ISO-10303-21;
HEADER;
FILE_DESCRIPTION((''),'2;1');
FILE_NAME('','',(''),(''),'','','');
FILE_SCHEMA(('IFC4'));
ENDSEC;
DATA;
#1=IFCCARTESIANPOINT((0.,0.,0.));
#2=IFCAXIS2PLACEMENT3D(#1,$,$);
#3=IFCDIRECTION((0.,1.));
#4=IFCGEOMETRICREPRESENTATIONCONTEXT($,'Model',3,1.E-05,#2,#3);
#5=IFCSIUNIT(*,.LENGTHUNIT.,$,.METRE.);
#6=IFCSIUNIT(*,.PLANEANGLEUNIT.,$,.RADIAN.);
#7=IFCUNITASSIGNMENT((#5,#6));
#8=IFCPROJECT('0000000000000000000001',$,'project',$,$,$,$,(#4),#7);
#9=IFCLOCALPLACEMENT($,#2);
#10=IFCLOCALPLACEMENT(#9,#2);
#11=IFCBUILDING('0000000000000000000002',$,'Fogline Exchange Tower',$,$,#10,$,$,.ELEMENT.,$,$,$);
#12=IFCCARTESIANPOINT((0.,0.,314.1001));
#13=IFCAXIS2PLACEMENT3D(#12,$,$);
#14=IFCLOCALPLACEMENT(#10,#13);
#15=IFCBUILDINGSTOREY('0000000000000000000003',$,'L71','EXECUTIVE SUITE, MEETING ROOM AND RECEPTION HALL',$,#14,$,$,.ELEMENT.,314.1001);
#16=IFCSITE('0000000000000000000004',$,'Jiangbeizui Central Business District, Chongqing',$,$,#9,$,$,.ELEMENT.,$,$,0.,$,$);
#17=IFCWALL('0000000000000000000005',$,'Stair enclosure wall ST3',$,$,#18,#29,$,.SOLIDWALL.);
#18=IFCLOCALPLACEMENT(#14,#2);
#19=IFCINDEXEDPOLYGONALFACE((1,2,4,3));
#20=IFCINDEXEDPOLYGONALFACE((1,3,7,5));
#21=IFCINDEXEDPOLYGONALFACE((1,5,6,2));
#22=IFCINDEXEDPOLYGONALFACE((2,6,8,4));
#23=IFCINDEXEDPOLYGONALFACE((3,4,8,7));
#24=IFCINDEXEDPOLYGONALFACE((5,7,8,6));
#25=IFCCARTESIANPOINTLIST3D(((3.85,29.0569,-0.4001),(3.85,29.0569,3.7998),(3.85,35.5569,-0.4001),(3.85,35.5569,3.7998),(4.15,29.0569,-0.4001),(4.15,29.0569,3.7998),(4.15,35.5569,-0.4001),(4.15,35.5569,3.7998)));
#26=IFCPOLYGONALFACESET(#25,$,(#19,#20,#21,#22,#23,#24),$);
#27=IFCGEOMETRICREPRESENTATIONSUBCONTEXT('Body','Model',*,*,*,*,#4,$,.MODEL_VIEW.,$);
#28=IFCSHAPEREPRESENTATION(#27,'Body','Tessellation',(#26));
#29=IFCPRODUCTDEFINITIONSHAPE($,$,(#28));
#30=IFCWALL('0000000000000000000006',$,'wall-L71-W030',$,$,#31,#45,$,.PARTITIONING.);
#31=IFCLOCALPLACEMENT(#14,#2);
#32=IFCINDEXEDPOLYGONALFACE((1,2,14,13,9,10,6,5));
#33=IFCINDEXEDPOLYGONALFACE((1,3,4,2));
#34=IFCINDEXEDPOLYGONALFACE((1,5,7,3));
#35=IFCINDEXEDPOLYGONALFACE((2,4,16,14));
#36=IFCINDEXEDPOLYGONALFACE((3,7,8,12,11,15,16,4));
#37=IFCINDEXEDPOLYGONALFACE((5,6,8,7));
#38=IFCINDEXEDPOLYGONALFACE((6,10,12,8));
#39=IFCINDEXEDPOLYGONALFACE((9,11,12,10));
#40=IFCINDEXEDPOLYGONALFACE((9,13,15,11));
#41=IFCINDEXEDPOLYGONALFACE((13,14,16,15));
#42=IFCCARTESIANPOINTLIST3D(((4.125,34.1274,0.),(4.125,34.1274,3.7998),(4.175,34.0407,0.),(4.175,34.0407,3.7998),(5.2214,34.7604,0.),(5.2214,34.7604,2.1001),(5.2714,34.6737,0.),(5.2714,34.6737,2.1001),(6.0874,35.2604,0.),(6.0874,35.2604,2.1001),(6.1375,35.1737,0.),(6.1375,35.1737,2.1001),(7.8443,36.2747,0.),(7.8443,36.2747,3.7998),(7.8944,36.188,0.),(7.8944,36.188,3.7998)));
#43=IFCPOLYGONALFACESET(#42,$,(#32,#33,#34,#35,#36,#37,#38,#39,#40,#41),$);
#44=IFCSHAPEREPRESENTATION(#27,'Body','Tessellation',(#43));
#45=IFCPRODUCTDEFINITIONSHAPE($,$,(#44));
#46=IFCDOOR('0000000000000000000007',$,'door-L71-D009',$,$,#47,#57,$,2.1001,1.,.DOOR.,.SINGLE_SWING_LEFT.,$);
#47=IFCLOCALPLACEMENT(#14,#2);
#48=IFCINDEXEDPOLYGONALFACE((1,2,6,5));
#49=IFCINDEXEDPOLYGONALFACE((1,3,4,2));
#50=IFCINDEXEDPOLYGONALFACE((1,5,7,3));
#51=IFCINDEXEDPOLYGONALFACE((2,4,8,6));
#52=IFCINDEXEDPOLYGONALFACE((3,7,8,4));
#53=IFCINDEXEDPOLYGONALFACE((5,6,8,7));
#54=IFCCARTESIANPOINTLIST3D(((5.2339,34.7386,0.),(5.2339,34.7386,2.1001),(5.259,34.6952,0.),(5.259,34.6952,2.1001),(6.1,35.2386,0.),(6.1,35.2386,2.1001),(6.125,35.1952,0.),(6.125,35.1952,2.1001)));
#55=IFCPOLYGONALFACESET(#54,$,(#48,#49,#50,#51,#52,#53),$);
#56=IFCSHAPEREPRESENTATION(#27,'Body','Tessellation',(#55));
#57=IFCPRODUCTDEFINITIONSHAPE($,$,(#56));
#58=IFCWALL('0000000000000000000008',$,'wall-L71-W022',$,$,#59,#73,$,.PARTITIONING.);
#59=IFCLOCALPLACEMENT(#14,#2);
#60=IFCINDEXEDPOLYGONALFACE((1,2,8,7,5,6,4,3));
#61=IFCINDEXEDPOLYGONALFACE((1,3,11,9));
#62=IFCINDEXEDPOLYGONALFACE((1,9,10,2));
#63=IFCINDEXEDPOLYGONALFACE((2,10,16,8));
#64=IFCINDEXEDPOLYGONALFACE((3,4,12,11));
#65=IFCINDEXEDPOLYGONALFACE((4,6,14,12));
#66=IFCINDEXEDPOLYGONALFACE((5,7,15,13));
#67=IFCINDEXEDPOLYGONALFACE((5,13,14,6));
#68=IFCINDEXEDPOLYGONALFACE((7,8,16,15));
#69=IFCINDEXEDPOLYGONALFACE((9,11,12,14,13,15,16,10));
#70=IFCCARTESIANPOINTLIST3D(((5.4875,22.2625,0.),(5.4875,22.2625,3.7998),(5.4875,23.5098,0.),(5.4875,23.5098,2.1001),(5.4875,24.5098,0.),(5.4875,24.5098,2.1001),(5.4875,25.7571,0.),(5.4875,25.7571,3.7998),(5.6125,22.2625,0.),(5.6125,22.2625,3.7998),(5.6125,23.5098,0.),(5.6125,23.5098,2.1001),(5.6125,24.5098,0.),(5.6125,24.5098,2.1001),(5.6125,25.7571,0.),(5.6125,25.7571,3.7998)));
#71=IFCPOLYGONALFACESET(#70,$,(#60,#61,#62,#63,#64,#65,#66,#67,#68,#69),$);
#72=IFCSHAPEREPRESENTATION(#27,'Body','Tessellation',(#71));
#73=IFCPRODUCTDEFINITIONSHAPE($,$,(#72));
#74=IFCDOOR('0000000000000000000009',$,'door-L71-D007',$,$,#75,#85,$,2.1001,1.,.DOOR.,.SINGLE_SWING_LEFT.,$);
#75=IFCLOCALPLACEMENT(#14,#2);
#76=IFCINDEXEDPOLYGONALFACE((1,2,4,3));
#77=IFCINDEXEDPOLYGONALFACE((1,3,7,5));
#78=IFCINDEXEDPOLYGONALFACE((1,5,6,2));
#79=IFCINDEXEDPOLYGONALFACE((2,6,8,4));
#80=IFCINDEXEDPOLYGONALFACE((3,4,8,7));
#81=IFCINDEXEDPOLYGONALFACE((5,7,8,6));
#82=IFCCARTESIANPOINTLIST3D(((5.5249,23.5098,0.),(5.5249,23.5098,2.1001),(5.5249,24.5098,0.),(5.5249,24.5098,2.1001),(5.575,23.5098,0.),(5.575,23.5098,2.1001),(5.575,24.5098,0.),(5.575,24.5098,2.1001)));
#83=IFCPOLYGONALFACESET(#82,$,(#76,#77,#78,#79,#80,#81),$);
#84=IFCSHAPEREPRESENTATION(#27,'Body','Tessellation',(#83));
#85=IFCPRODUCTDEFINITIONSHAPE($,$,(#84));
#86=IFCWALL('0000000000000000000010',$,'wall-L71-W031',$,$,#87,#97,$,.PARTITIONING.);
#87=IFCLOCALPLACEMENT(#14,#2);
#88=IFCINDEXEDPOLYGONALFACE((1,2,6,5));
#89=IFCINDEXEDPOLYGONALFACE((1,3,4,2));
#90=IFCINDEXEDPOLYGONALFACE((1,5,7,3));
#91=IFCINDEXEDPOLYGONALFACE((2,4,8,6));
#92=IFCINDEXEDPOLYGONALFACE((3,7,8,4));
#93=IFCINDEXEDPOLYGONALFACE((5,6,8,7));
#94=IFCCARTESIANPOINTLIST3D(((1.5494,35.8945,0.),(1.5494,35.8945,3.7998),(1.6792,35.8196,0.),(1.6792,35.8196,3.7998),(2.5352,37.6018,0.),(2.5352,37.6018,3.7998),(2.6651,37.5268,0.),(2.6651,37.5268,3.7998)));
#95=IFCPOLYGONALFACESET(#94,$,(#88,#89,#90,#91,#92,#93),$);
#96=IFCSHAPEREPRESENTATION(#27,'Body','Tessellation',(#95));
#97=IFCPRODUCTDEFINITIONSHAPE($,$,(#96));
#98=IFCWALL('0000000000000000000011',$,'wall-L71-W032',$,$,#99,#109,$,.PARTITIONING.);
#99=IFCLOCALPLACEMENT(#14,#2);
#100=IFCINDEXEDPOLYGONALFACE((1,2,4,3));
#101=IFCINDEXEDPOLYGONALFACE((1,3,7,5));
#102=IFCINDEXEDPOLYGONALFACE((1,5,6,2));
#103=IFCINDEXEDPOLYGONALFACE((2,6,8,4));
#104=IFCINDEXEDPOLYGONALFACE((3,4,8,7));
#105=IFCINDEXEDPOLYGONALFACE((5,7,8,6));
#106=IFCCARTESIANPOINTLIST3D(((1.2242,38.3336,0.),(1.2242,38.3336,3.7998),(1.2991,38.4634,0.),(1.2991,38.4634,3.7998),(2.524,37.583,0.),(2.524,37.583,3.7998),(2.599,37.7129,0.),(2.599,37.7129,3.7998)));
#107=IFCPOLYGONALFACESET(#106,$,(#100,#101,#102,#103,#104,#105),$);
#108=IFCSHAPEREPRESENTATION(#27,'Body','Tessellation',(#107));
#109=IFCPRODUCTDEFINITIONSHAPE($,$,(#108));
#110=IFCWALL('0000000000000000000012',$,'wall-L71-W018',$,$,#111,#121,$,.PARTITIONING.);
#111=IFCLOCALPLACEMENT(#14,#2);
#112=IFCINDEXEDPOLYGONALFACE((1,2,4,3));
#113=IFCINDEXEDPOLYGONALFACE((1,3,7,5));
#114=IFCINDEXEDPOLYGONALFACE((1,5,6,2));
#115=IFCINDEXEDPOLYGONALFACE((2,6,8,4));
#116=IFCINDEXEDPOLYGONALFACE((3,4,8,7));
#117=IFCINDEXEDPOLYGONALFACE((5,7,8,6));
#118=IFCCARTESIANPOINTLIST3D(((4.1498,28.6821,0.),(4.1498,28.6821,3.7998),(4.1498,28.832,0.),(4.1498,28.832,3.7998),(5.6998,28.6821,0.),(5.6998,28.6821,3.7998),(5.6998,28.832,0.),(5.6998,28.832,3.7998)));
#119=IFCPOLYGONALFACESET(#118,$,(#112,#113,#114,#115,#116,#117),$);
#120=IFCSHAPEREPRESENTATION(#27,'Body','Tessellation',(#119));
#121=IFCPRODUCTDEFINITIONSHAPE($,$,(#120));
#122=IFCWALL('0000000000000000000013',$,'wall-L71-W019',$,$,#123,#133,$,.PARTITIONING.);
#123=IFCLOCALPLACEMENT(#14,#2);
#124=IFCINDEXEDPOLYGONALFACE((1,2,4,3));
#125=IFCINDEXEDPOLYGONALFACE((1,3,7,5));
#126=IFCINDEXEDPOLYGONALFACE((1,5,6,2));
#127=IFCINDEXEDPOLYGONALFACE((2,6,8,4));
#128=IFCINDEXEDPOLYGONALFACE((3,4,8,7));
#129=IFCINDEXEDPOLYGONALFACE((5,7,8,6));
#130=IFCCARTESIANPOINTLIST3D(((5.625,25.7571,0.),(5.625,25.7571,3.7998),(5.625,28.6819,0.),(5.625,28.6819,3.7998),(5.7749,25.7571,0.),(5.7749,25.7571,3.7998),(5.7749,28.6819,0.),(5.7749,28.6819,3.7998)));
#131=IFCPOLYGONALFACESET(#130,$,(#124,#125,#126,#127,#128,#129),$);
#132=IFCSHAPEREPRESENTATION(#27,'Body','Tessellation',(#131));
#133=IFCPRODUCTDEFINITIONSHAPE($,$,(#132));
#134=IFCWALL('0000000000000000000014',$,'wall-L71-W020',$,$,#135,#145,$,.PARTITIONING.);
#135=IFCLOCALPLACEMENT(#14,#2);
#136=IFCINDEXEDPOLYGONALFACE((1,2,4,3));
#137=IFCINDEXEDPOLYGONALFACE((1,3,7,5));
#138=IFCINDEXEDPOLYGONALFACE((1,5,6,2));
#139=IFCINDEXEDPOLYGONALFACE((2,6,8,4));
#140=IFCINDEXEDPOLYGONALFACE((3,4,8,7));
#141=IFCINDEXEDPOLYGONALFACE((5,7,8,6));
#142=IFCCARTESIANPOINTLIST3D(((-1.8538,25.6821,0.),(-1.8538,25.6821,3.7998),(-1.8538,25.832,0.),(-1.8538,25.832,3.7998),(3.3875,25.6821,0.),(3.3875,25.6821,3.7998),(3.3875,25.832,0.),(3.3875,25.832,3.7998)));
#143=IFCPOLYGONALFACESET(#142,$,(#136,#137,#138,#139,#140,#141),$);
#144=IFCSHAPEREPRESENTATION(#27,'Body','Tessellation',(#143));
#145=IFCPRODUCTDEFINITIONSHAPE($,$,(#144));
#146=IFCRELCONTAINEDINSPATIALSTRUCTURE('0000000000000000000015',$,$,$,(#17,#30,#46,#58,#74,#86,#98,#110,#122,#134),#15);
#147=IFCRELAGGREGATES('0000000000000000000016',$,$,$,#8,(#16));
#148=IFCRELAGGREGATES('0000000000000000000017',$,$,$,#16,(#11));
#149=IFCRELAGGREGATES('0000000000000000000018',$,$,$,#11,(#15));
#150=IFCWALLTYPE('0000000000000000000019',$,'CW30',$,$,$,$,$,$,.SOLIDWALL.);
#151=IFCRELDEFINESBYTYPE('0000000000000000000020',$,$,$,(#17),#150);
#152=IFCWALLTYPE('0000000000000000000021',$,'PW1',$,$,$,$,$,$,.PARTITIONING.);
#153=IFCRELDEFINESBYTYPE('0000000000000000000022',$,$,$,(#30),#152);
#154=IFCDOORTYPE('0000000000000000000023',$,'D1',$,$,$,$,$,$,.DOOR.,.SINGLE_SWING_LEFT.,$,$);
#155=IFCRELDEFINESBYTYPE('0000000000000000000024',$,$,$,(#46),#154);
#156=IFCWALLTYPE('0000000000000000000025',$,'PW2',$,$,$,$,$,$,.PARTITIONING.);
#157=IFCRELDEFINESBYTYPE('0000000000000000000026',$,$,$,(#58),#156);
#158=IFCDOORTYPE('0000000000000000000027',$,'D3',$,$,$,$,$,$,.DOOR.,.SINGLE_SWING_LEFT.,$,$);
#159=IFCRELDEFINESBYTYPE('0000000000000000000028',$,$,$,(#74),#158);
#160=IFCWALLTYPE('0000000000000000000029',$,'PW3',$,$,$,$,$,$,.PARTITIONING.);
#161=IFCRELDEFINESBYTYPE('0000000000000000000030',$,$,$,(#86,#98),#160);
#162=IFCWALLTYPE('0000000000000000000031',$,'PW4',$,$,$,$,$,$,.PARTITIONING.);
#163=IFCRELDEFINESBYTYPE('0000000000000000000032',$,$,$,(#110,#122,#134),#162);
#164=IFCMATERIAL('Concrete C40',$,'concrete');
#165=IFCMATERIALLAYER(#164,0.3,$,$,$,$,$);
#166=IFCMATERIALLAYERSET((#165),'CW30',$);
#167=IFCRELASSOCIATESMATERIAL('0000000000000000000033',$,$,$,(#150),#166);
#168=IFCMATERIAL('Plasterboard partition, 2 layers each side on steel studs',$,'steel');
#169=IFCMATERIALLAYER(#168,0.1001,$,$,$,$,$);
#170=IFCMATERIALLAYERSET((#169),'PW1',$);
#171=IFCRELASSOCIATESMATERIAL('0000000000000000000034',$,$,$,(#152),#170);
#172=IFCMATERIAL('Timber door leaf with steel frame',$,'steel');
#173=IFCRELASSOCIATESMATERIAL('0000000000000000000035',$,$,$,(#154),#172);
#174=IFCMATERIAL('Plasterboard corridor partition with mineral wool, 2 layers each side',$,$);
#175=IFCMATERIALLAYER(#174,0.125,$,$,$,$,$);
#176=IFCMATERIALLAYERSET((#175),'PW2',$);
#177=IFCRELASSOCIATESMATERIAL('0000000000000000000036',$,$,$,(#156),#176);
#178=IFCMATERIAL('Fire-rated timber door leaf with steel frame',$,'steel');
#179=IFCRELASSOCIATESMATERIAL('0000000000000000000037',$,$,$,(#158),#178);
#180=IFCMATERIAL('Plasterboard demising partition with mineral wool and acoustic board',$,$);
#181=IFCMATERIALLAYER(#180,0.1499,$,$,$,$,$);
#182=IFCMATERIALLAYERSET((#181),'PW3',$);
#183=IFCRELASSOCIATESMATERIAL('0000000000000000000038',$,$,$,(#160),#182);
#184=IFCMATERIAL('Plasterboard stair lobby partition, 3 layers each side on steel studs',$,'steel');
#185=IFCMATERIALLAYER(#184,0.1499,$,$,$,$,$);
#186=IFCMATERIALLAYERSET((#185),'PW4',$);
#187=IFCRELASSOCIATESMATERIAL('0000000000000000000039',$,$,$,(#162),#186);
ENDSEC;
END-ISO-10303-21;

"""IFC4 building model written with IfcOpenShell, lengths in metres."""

from ifc_helpers import new_model, si_unit, direction, frame, frame_2d, origin, place, context, subcontext, project, spatial, rectangle, extrude, material, layer, layer_set, type_object, element, fill, save


model = new_model("IFC4")

# Units and contexts
model_context = context("Model", 3, precision=1e-05, world=origin(), true_north=direction((0.0, 1.0)))
body_context = subcontext(model_context, "Body", "Model", "MODEL_VIEW")
ifc_project = project(units=[si_unit("LENGTHUNIT", "METRE"), si_unit("PLANEANGLEUNIT", "RADIAN")], contexts=[model_context])

# Site, building, storey
site_placement = place(None, origin())
site = spatial("IfcSite", under=ifc_project, at=site_placement, Name="Jiangbeizui Central Business District, Chongqing", CompositionType="ELEMENT", RefElevation=0.0)
building_placement = place(site_placement, origin())
building = spatial("IfcBuilding", under=site, at=building_placement, Name="Fogline Exchange Tower", CompositionType="ELEMENT")
storey_placement = place(building_placement, frame((0.0, 0.0, 314.1001)))
storey = spatial("IfcBuildingStorey", under=building, at=storey_placement, Name="L71", Description="EXECUTIVE SUITE, MEETING ROOM AND RECEPTION HALL", CompositionType="ELEMENT", Elevation=314.1001)

# Shared definitions
ifc_material_1 = material(Name="Concrete C40", Category="concrete")

# Wall
ifc_layer_1 = layer(ifc_material_1, 0.3)
ifc_layer_set_1 = layer_set([ifc_layer_1], Name="CW30")
wall_type_1 = type_object("IfcWallType", Name="CW30", PredefinedType="SOLIDWALL", material=ifc_layer_set_1)
wall_1_placement = place(storey_placement, frame((4.0, 29.0569, -0.4001), z_axis=(0.0, 0.0, 1.0), x_axis=(0.0, 1.0, 0.0)))
element("IfcWall", 1, at=wall_1_placement, inside=storey, type_object=wall_type_1, Name="Stair enclosure wall ST3", PredefinedType="SOLIDWALL", context=body_context, shape_type="SweptSolid", body=[
    extrude(rectangle(XDim=6.5, YDim=0.3, at=frame_2d((3.25, 0.0))), origin(), (0.0, 0.0, 1.0), 4.2),
])

# Walls, openings, doors
ifc_material_2 = material(Name="Plasterboard partition, 2 layers each side on steel studs", Category="steel")
ifc_layer_2 = layer(ifc_material_2, 0.1001)
ifc_layer_set_2 = layer_set([ifc_layer_2], Name="PW1")
wall_type_2 = type_object("IfcWallType", Name="PW1", PredefinedType="PARTITIONING", material=ifc_layer_set_2)
wall_2_placement = place(storey_placement, frame((4.1499, 34.084, 0.0), z_axis=(0.0, 0.0, 1.0), x_axis=(0.866034, 0.499985, 0.0)))
wall_2 = element("IfcWall", 2, at=wall_2_placement, inside=storey, type_object=wall_type_2, Name="wall-L71-W030", PredefinedType="PARTITIONING", context=body_context, shape_type="SweptSolid", body=[
    extrude(rectangle(XDim=4.2947, YDim=0.1001, at=frame_2d((2.1475, 0.0))), origin(), (0.0, 0.0, 1.0), 3.7998),
])
opening_1_placement = place(wall_2_placement, frame((1.2661, 0.0, 0.0)))
opening_1 = element("IfcOpeningElement", 3, at=opening_1_placement, cuts=wall_2, PredefinedType="OPENING", context=body_context, shape_type="SweptSolid", body=[
    extrude(rectangle(XDim=1.0, YDim=2.1001, at=frame_2d((0.5, 1.05))), frame((0.0, 0.0601, 0.0), z_axis=(0.0, -1.0, 0.0), x_axis=(1.0, 0.0, 0.0)), (0.0, 0.0, 1.0), 0.1201),
])
ifc_material_3 = material(Name="Timber door leaf with steel frame", Category="steel")
door_type_1 = type_object("IfcDoorType", Name="D1", OperationType="SINGLE_SWING_LEFT", PredefinedType="DOOR", material=ifc_material_3)
door_1_placement = place(opening_1_placement, origin())
door_1 = element("IfcDoor", 4, at=door_1_placement, inside=storey, type_object=door_type_1, Name="door-L71-D009", OperationType="SINGLE_SWING_LEFT", OverallHeight=2.1001, OverallWidth=1.0, PredefinedType="DOOR", context=body_context, shape_type="SweptSolid", body=[
    extrude(rectangle(XDim=1.0, YDim=2.1001, at=frame_2d((0.5, 1.05))), frame((0.0, 0.0249, 0.0), z_axis=(0.0, -1.0, 0.0), x_axis=(1.0, 0.0, 0.0)), (0.0, 0.0, 1.0), 0.05),
])
fill(opening_1, door_1)
ifc_material_4 = material(Name="Plasterboard corridor partition with mineral wool, 2 layers each side")
ifc_layer_3 = layer(ifc_material_4, 0.125)
ifc_layer_set_3 = layer_set([ifc_layer_3], Name="PW2")
wall_type_3 = type_object("IfcWallType", Name="PW2", PredefinedType="PARTITIONING", material=ifc_layer_set_3)
wall_3_placement = place(storey_placement, frame((5.55, 25.7571, 0.0), z_axis=(0.0, 0.0, 1.0), x_axis=(0.0, -1.0, 0.0)))
wall_3 = element("IfcWall", 5, at=wall_3_placement, inside=storey, type_object=wall_type_3, Name="wall-L71-W022", PredefinedType="PARTITIONING", context=body_context, shape_type="SweptSolid", body=[
    extrude(rectangle(XDim=3.4946, YDim=0.125, at=frame_2d((1.7473, 0.0))), origin(), (0.0, 0.0, 1.0), 3.7998),
])
opening_2_placement = place(wall_3_placement, frame((1.2473, 0.0, 0.0)))
opening_2 = element("IfcOpeningElement", 6, at=opening_2_placement, cuts=wall_3, PredefinedType="OPENING", context=body_context, shape_type="SweptSolid", body=[
    extrude(rectangle(XDim=1.0, YDim=2.1001, at=frame_2d((0.5, 1.05))), frame((0.0, 0.0725, 0.0), z_axis=(0.0, -1.0, 0.0), x_axis=(1.0, 0.0, 0.0)), (0.0, 0.0, 1.0), 0.145),
])
ifc_material_5 = material(Name="Fire-rated timber door leaf with steel frame", Category="steel")
door_type_2 = type_object("IfcDoorType", Name="D3", OperationType="SINGLE_SWING_LEFT", PredefinedType="DOOR", material=ifc_material_5)
door_2_placement = place(opening_2_placement, origin())
door_2 = element("IfcDoor", 7, at=door_2_placement, inside=storey, type_object=door_type_2, Name="door-L71-D007", OperationType="SINGLE_SWING_LEFT", OverallHeight=2.1001, OverallWidth=1.0, PredefinedType="DOOR", context=body_context, shape_type="SweptSolid", body=[
    extrude(rectangle(XDim=1.0, YDim=2.1001, at=frame_2d((0.5, 1.05))), frame((0.0, 0.0249, 0.0), z_axis=(0.0, -1.0, 0.0), x_axis=(1.0, 0.0, 0.0)), (0.0, 0.0, 1.0), 0.05),
])
fill(opening_2, door_2)

# Walls
ifc_material_6 = material(Name="Plasterboard demising partition with mineral wool and acoustic board")
ifc_layer_4 = layer(ifc_material_6, 0.1499)
ifc_layer_set_4 = layer_set([ifc_layer_4], Name="PW3")
wall_type_4 = type_object("IfcWallType", Name="PW3", PredefinedType="PARTITIONING", material=ifc_layer_set_4)
wall_4_placement = place(storey_placement, frame((1.6143, 35.8569, 0.0), z_axis=(0.0, 0.0, 1.0), x_axis=(0.500055, 0.865994, 0.0)))
element("IfcWall", 8, at=wall_4_placement, inside=storey, type_object=wall_type_4, Name="wall-L71-W031", PredefinedType="PARTITIONING", context=body_context, shape_type="SweptSolid", body=[
    extrude(rectangle(XDim=1.9714, YDim=0.1499, at=frame_2d((0.9858, 0.0))), origin(), (0.0, 0.0, 1.0), 3.7998),
])
wall_5_placement = place(storey_placement, frame((2.5615, 37.6479, 0.0), z_axis=(0.0, 0.0, 1.0), x_axis=(-0.866012, 0.500023, 0.0)))
element("IfcWall", 9, at=wall_5_placement, inside=storey, type_object=wall_type_4, Name="wall-L71-W032", PredefinedType="PARTITIONING", context=body_context, shape_type="SweptSolid", body=[
    extrude(rectangle(XDim=1.501, YDim=0.1499, at=frame_2d((0.7505, 0.0))), origin(), (0.0, 0.0, 1.0), 3.7998),
])
ifc_material_7 = material(Name="Plasterboard stair lobby partition, 3 layers each side on steel studs", Category="steel")
ifc_layer_5 = layer(ifc_material_7, 0.1499)
ifc_layer_set_5 = layer_set([ifc_layer_5], Name="PW4")
wall_type_5 = type_object("IfcWallType", Name="PW4", PredefinedType="PARTITIONING", material=ifc_layer_set_5)
wall_6_placement = place(storey_placement, frame((4.1499, 28.7571, 0.0), z_axis=(0.0, 0.0, 1.0), x_axis=(1.0, 0.0, 0.0)))
element("IfcWall", 10, at=wall_6_placement, inside=storey, type_object=wall_type_5, Name="wall-L71-W018", PredefinedType="PARTITIONING", context=body_context, shape_type="SweptSolid", body=[
    extrude(rectangle(XDim=1.55, YDim=0.1499, at=frame_2d((0.7749, 0.0))), origin(), (0.0, 0.0, 1.0), 3.7998),
])
wall_7_placement = place(storey_placement, frame((5.7, 28.6819, 0.0), z_axis=(0.0, 0.0, 1.0), x_axis=(0.0, -1.0, 0.0)))
element("IfcWall", 11, at=wall_7_placement, inside=storey, type_object=wall_type_5, Name="wall-L71-W019", PredefinedType="PARTITIONING", context=body_context, shape_type="SweptSolid", body=[
    extrude(rectangle(XDim=2.9248, YDim=0.1499, at=frame_2d((1.4624, 0.0))), origin(), (0.0, 0.0, 1.0), 3.7998),
])
wall_8_placement = place(storey_placement, frame((3.3875, 25.7571, 0.0), z_axis=(0.0, 0.0, 1.0), x_axis=(-1.0, 0.0, 0.0)))
element("IfcWall", 12, at=wall_8_placement, inside=storey, type_object=wall_type_5, Name="wall-L71-W020", PredefinedType="PARTITIONING", context=body_context, shape_type="SweptSolid", body=[
    extrude(rectangle(XDim=5.2412, YDim=0.1499, at=frame_2d((2.6206, 0.0))), origin(), (0.0, 0.0, 1.0), 3.7998),
])

save(model, "model.ifc")
